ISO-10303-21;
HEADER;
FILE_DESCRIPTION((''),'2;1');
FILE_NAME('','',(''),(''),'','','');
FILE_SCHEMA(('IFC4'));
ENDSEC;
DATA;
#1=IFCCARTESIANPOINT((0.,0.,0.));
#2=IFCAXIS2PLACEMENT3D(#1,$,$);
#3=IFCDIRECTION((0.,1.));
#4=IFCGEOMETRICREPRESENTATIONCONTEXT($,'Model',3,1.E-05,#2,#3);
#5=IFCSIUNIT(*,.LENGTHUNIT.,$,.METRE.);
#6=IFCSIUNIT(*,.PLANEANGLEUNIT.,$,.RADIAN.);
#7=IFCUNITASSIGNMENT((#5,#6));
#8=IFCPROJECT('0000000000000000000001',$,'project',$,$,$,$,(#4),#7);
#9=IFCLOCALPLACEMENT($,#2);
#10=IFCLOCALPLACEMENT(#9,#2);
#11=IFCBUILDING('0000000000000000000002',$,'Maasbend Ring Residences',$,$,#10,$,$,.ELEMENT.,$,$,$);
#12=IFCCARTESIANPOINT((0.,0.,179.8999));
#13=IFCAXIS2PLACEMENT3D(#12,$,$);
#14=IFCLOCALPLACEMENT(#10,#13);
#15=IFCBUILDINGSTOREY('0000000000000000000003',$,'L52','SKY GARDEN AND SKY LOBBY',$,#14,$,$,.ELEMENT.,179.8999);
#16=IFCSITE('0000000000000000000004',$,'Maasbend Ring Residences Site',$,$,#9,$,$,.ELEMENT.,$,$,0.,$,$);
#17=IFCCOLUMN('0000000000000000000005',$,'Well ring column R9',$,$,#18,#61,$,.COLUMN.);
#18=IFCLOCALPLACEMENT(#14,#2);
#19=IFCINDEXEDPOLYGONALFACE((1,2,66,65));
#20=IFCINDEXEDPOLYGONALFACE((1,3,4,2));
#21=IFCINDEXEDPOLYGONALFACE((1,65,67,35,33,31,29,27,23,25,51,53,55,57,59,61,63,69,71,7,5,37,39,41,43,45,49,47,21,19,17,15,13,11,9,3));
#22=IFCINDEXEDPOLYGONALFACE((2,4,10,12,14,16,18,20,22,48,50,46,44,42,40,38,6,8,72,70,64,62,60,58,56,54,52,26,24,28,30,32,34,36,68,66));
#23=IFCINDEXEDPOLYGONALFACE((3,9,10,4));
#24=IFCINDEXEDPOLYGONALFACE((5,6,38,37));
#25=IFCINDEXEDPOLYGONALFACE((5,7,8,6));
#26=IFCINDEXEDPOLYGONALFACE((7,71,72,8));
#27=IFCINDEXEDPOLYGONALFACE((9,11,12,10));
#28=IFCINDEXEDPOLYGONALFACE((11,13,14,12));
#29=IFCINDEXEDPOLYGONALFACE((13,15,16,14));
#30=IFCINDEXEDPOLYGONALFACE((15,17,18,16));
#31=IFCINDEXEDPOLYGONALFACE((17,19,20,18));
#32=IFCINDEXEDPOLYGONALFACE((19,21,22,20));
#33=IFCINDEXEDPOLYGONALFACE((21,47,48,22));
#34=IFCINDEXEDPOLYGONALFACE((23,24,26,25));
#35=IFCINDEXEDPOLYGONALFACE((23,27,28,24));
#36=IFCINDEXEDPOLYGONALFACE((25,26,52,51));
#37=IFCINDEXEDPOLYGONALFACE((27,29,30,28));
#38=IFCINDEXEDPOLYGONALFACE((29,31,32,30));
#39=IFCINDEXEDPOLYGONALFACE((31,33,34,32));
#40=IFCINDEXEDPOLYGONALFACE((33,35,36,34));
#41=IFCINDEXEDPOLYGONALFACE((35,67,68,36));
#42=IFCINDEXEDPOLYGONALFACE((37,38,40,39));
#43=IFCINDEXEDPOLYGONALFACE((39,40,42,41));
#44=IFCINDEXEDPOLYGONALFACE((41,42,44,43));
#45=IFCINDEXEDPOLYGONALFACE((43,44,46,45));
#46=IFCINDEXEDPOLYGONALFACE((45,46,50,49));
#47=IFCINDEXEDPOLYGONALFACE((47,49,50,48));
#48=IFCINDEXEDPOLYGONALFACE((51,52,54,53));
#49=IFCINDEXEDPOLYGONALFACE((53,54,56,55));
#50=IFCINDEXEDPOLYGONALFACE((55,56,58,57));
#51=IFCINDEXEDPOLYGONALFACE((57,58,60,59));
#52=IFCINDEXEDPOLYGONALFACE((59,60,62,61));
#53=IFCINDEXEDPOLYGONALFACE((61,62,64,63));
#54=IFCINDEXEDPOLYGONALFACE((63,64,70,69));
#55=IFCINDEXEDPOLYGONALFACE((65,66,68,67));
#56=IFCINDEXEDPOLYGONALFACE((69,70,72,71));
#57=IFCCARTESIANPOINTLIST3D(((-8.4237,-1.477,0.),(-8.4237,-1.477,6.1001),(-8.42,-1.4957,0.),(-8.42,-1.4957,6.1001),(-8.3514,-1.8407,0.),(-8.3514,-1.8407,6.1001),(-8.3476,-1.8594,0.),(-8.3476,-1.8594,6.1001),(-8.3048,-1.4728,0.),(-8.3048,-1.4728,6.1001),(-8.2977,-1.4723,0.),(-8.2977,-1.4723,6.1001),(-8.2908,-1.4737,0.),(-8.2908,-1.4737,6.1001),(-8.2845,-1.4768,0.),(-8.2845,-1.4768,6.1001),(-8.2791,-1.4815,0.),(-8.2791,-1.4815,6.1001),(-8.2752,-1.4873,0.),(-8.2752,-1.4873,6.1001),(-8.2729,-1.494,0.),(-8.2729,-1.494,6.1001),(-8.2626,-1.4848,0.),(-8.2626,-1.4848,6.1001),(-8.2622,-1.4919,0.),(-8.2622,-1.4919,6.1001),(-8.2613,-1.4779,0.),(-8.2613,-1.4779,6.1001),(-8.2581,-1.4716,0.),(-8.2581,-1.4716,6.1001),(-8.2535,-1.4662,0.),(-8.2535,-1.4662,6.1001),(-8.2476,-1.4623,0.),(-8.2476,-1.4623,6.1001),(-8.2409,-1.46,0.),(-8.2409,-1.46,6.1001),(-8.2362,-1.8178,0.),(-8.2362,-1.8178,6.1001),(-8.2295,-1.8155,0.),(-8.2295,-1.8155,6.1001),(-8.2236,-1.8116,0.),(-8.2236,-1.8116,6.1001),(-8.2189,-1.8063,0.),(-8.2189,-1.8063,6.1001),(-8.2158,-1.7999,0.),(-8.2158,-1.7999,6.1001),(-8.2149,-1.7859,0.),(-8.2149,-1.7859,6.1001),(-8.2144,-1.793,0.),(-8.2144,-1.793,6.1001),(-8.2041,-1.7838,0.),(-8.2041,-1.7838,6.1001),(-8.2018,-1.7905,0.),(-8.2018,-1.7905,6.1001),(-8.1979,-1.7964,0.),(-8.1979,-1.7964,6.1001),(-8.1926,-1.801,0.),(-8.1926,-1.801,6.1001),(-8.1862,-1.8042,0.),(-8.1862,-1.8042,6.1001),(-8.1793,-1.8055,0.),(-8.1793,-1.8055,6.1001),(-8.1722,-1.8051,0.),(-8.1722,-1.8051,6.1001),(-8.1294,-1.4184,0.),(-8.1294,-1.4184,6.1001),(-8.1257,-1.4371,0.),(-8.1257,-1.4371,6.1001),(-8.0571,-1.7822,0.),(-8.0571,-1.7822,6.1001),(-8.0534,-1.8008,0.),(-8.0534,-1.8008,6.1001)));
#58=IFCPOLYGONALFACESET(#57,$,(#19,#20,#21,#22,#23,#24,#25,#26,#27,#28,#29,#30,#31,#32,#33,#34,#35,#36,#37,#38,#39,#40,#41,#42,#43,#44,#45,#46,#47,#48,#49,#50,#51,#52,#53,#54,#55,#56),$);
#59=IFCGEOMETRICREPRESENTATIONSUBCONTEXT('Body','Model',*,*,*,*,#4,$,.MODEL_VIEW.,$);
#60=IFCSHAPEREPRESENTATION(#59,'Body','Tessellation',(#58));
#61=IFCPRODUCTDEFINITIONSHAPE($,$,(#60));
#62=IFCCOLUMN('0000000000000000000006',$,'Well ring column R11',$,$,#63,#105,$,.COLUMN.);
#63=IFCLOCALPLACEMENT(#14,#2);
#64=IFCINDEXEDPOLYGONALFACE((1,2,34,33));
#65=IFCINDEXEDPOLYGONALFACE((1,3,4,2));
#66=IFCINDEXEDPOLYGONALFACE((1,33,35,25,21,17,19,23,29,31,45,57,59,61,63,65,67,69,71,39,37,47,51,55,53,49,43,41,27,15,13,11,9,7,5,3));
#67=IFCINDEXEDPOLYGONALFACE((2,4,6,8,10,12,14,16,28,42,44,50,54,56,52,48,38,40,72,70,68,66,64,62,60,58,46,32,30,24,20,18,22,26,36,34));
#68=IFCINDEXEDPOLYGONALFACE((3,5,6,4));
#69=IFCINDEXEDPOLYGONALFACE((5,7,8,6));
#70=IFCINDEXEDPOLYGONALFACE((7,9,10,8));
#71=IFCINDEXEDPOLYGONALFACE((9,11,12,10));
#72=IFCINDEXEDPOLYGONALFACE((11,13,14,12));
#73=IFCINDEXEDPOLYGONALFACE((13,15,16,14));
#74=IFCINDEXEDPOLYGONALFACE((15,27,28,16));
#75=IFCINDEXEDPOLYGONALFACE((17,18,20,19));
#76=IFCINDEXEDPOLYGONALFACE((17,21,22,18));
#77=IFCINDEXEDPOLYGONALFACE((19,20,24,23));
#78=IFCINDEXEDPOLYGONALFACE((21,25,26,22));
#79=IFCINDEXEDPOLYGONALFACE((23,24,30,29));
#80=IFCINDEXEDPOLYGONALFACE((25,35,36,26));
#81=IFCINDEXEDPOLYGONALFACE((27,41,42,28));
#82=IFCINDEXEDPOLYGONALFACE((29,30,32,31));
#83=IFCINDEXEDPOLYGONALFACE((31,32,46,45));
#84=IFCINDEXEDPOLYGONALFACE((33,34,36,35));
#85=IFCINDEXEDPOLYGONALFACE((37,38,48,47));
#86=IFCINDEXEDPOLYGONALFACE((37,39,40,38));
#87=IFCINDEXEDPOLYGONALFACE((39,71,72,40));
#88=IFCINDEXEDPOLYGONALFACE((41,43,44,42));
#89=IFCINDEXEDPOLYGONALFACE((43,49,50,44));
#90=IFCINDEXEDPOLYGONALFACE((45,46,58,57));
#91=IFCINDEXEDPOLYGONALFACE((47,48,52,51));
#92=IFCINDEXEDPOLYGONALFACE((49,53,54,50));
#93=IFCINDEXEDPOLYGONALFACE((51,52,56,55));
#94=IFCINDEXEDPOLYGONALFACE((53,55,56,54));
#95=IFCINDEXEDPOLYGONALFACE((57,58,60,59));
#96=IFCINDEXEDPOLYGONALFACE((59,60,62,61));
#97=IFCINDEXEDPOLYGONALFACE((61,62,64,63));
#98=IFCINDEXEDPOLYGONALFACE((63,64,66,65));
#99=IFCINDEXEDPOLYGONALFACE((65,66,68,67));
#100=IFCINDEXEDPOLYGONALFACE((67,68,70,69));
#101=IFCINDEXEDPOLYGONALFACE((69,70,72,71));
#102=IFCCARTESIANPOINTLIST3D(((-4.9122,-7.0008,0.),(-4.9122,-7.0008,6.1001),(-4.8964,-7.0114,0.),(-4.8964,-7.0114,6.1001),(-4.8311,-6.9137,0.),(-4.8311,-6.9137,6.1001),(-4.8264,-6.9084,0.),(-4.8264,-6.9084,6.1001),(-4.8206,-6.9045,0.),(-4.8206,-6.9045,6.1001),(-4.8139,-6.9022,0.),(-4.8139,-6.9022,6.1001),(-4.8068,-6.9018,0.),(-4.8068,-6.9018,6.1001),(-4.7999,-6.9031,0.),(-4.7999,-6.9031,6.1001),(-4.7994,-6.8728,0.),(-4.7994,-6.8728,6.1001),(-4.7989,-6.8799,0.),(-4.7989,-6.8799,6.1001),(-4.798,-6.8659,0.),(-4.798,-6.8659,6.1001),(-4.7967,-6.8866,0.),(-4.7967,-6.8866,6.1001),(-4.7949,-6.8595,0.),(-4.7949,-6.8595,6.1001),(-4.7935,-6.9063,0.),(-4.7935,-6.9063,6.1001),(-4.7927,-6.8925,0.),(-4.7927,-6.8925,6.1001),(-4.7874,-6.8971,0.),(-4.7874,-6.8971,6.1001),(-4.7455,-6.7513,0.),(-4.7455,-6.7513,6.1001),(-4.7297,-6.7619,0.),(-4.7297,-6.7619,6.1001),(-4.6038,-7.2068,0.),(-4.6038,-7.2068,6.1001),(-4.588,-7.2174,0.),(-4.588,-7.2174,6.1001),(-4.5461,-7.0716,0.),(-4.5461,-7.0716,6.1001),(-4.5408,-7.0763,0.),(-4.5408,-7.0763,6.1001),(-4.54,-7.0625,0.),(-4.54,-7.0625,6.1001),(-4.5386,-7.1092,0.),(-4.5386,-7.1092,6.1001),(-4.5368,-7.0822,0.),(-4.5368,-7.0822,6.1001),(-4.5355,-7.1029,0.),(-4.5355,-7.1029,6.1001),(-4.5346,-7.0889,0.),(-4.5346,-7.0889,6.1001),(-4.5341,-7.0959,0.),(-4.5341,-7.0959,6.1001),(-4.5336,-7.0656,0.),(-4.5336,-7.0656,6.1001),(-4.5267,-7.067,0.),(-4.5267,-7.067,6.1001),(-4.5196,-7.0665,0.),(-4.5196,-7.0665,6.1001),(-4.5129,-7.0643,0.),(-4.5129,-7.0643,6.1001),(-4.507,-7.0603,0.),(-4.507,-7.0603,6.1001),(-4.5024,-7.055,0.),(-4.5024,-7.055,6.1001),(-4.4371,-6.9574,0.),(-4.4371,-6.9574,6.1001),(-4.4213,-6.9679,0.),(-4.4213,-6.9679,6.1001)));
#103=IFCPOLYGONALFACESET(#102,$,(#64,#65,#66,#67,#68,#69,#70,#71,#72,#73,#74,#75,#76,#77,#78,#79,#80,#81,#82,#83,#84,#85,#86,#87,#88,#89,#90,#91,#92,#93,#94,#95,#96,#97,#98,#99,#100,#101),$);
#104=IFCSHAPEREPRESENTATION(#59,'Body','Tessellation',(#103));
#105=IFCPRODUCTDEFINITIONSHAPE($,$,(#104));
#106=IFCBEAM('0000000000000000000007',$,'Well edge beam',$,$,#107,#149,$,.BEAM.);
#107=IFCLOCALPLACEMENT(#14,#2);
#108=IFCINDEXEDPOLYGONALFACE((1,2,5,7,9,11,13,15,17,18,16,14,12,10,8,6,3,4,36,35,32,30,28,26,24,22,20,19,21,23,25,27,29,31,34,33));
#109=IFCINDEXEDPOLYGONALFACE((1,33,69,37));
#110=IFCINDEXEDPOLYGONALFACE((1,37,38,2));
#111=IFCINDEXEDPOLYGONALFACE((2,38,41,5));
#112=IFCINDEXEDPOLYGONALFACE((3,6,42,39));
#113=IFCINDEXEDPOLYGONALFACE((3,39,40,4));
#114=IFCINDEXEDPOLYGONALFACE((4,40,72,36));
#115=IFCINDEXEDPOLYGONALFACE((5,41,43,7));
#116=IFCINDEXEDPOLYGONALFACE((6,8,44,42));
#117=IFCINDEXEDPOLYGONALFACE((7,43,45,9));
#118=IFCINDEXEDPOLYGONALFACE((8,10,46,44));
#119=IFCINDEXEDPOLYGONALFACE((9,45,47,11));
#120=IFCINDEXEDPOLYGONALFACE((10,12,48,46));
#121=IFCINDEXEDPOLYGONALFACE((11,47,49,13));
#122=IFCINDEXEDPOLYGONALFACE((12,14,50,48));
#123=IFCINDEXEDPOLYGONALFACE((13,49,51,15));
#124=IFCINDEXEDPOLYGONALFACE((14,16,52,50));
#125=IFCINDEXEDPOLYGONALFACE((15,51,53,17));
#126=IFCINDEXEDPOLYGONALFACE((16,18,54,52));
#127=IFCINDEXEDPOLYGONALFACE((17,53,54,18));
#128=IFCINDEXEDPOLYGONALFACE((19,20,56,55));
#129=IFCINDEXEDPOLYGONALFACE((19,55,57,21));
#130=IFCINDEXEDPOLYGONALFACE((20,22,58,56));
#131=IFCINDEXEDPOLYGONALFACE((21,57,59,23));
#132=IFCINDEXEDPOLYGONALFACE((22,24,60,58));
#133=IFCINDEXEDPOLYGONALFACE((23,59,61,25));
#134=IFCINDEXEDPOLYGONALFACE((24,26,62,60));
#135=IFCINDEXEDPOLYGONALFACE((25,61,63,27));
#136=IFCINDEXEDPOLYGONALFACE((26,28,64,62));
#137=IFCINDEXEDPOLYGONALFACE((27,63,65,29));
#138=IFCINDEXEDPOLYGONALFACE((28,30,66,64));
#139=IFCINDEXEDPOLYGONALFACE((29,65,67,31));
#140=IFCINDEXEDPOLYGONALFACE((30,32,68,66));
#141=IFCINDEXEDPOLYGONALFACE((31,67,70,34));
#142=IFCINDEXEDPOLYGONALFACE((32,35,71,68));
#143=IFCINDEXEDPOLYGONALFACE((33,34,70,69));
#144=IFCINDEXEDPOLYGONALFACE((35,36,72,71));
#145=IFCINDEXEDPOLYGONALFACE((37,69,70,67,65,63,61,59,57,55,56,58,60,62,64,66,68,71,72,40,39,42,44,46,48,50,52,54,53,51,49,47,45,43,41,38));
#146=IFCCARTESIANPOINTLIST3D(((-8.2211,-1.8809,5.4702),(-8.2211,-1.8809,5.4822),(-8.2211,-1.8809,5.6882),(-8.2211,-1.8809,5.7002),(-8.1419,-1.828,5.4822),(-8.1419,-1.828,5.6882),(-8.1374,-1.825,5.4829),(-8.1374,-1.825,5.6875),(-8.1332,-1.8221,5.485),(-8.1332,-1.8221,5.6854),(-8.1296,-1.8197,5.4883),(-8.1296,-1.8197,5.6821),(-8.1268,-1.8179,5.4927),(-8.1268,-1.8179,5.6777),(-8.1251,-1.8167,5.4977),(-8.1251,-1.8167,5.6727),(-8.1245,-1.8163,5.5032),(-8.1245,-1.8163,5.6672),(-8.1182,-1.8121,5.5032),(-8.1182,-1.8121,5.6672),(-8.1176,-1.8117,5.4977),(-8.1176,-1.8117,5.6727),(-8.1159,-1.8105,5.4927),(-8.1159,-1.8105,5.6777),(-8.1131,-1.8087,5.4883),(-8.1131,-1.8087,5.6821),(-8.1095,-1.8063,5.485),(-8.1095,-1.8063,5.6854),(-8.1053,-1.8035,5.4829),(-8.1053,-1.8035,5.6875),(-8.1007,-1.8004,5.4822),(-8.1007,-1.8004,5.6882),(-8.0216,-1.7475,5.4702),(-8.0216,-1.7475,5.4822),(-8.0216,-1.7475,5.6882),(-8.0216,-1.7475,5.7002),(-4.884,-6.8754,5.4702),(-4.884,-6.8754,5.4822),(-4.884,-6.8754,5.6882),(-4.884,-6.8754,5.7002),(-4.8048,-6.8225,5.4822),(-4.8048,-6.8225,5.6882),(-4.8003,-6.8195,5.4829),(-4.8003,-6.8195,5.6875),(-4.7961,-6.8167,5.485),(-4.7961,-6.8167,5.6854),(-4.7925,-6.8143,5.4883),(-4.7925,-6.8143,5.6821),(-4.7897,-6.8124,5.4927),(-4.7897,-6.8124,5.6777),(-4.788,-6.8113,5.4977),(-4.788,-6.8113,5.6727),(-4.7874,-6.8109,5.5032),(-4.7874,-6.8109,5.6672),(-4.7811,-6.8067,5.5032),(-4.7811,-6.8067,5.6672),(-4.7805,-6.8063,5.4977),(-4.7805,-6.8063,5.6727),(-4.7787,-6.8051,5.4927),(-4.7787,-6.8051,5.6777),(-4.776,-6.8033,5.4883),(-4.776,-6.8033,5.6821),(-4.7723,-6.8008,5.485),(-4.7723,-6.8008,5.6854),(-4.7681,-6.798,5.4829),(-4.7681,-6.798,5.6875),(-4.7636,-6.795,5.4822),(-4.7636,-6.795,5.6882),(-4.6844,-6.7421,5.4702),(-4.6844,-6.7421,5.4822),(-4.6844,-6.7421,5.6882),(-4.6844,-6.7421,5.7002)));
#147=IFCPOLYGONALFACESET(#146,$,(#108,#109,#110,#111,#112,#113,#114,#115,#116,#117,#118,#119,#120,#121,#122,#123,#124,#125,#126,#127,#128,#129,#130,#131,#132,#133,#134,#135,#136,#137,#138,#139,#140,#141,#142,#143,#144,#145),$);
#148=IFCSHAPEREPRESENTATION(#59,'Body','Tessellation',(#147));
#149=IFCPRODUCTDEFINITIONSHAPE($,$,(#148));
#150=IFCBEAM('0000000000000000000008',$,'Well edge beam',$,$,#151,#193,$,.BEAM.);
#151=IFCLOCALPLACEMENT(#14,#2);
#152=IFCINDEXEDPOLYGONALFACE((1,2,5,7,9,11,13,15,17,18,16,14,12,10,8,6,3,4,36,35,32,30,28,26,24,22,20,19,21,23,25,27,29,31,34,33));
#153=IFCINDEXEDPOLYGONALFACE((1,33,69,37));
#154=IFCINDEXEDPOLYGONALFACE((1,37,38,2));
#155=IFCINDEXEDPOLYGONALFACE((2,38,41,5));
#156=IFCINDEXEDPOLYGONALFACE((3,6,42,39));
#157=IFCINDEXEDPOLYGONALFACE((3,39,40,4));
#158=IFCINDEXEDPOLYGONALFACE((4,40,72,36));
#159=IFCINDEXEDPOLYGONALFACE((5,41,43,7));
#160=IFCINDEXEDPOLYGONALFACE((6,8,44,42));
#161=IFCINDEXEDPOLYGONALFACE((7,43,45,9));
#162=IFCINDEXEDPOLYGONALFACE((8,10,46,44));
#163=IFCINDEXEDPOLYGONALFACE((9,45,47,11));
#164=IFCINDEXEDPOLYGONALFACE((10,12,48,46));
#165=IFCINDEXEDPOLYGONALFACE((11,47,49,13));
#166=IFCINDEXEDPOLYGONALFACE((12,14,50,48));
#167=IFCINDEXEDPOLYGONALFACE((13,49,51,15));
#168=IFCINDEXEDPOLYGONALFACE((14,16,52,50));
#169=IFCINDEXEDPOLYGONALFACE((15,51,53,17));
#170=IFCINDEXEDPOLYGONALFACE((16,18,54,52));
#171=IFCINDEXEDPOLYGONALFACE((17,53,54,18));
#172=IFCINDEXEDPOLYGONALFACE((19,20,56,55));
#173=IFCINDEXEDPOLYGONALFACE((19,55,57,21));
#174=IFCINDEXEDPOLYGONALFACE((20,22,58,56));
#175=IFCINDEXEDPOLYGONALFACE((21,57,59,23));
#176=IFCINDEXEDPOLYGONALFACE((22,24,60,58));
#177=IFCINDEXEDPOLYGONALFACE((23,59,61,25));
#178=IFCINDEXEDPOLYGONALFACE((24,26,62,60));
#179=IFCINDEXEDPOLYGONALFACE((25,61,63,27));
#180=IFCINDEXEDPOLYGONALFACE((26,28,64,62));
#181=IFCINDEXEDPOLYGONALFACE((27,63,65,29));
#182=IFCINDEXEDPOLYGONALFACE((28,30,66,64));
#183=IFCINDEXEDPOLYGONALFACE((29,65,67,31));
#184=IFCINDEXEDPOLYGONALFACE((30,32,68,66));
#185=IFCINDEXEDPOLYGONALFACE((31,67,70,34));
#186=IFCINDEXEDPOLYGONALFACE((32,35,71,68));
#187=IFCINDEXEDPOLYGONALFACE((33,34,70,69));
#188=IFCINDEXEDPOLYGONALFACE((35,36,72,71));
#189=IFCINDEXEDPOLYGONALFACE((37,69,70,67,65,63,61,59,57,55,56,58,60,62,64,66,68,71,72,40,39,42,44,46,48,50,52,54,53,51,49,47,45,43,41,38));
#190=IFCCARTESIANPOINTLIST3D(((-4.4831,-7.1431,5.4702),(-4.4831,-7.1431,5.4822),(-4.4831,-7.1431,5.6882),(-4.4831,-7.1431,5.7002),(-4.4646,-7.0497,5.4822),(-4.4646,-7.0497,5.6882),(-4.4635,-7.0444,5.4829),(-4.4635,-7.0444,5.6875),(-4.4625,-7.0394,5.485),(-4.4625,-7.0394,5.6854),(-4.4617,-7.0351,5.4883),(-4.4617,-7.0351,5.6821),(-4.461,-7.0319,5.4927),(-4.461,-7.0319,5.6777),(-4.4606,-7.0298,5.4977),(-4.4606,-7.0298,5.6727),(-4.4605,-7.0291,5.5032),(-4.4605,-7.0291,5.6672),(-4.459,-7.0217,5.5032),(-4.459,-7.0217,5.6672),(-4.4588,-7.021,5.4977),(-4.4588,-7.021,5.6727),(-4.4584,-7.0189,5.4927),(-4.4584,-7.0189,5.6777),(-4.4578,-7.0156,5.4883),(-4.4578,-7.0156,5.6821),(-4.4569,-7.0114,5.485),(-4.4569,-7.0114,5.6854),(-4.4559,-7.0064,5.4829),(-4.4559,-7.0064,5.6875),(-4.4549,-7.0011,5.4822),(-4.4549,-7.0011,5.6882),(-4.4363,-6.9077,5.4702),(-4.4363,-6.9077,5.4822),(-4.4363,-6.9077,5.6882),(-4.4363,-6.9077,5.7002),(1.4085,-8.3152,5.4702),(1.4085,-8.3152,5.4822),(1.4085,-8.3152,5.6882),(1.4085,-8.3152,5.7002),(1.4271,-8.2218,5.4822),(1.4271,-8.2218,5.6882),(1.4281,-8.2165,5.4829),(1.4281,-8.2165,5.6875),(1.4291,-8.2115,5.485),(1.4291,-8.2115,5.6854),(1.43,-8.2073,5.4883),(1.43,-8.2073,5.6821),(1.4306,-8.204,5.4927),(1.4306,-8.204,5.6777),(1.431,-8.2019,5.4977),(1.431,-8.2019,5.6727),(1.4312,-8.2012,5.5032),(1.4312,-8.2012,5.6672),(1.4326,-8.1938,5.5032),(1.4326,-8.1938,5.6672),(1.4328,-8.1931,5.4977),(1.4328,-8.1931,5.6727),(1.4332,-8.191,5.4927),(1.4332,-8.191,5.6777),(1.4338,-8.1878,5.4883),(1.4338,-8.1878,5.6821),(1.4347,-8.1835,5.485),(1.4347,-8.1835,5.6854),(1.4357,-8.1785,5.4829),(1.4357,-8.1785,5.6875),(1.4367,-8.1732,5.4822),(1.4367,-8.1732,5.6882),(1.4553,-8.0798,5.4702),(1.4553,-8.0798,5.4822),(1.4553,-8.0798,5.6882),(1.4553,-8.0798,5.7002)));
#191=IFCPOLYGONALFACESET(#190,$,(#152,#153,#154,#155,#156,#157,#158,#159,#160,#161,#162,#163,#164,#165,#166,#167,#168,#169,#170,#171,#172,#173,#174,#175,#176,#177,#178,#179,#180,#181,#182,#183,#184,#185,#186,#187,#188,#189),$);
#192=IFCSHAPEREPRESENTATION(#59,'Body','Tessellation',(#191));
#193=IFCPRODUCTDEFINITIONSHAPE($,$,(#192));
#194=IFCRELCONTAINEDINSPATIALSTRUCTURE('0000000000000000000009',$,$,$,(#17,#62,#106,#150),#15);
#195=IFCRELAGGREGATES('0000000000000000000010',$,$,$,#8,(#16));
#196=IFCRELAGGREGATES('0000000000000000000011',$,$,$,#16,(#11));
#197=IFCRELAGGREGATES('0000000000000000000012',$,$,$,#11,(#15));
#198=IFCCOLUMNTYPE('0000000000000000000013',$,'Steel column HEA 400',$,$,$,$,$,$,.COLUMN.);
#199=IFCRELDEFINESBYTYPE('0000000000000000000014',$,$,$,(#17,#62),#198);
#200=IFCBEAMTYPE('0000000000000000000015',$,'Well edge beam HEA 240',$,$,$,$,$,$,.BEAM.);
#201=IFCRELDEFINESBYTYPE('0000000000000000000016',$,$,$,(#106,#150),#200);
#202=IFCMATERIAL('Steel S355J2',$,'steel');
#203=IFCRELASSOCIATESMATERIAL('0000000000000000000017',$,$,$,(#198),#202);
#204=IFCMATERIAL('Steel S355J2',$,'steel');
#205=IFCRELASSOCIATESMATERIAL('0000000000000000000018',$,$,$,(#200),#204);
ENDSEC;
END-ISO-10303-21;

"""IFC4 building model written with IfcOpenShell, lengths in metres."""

from ifc_helpers import new_model, si_unit, direction, frame, origin, origin_2d, place, context, subcontext, project, spatial, i_section, extrude, material, material_profile, profile_set, type_object, element, save


model = new_model("IFC4")

# Units and contexts
model_context = context("Model", 3, precision=1e-05, world=origin(), true_north=direction((0.0, 1.0)))
body_context = subcontext(model_context, "Body", "Model", "MODEL_VIEW")
ifc_project = project(units=[si_unit("LENGTHUNIT", "METRE"), si_unit("PLANEANGLEUNIT", "RADIAN")], contexts=[model_context])

# Site, building, storey
site_placement = place(None, origin())
site = spatial("IfcSite", under=ifc_project, at=site_placement, Name="Maasbend Ring Residences Site", CompositionType="ELEMENT", RefElevation=0.0)
building_placement = place(site_placement, origin())
building = spatial("IfcBuilding", under=site, at=building_placement, Name="Maasbend Ring Residences", CompositionType="ELEMENT")
storey_placement = place(building_placement, frame((0.0, 0.0, 179.8999)))
storey = spatial("IfcBuildingStorey", under=building, at=storey_placement, Name="L52", Description="SKY GARDEN AND SKY LOBBY", CompositionType="ELEMENT", Elevation=179.8999)

# Columns
ifc_material_1 = material(Name="Steel S355J2", Category="steel")
ifc_material_profile_1 = material_profile(ifc_material_1, i_section(OverallWidth=0.3, OverallDepth=0.3899, WebThickness=0.011, FlangeThickness=0.019, FilletRadius=0.0271, at=origin_2d()), Name="HEA 400")
ifc_profile_set_1 = profile_set([ifc_material_profile_1], Name="Steel S355J2")
column_type = type_object("IfcColumnType", Name="Steel column HEA 400", PredefinedType="COLUMN", material=ifc_profile_set_1)
for number, where, z_axis, x_axis, name in (
    (1, (-8.2385, -1.6389, 0.0), (0.0, 0.0, 1.0), (-0.980785, -0.19509, 0.0), "Well ring column R9"),
    (2, (-4.6667, -6.9844, 0.0), (0.0, 0.0, 1.0), (-0.55557, -0.83147, 0.0), "Well ring column R11"),
):
    element("IfcColumn", number, at=place(storey_placement, frame(where, z_axis=z_axis, x_axis=x_axis)), inside=storey, type_object=column_type, Name=name, PredefinedType="COLUMN", context=body_context, shape_type="SweptSolid", body=[
        extrude(i_section(OverallWidth=0.3, OverallDepth=0.3899, WebThickness=0.011, FlangeThickness=0.019, FilletRadius=0.0271, at=origin_2d()), origin(), (0.0, 0.0, 1.0), 6.1001),
    ])

# Beams
ifc_material_2 = material(Name="Steel S355J2", Category="steel")
ifc_material_profile_2 = material_profile(ifc_material_2, i_section(OverallWidth=0.24, OverallDepth=0.23, WebThickness=0.0076, FlangeThickness=0.012, FilletRadius=0.021, at=origin_2d()), Name="HEA 240")
ifc_profile_set_2 = profile_set([ifc_material_profile_2], Name="Steel S355J2")
beam_type = type_object("IfcBeamType", Name="Well edge beam HEA 240", PredefinedType="BEAM", material=ifc_profile_set_2)
beam_1_placement = place(storey_placement, frame((-8.1213, -1.8142, 5.5852), z_axis=(0.555553, -0.831481, 0.0), x_axis=(0.831481, 0.555553, 0.0)))
element("IfcBeam", 3, at=beam_1_placement, inside=storey, type_object=beam_type, Name="Well edge beam", PredefinedType="BEAM", context=body_context, shape_type="SweptSolid", body=[
    extrude(i_section(OverallWidth=0.24, OverallDepth=0.23, WebThickness=0.0076, FlangeThickness=0.012, FilletRadius=0.021, at=origin_2d()), origin(), (0.0, 0.0, 1.0), 6.0068),
])
beam_2_placement = place(storey_placement, frame((-4.4597, -7.0254, 5.5852), z_axis=(0.980779, -0.195123, 0.0), x_axis=(0.195123, 0.980779, 0.0)))
element("IfcBeam", 4, at=beam_2_placement, inside=storey, type_object=beam_type, Name="Well edge beam", PredefinedType="BEAM", context=body_context, shape_type="SweptSolid", body=[
    extrude(i_section(OverallWidth=0.24, OverallDepth=0.23, WebThickness=0.0076, FlangeThickness=0.012, FilletRadius=0.021, at=origin_2d()), origin(), (0.0, 0.0, 1.0), 6.0071),
])

save(model, "model.ifc")
